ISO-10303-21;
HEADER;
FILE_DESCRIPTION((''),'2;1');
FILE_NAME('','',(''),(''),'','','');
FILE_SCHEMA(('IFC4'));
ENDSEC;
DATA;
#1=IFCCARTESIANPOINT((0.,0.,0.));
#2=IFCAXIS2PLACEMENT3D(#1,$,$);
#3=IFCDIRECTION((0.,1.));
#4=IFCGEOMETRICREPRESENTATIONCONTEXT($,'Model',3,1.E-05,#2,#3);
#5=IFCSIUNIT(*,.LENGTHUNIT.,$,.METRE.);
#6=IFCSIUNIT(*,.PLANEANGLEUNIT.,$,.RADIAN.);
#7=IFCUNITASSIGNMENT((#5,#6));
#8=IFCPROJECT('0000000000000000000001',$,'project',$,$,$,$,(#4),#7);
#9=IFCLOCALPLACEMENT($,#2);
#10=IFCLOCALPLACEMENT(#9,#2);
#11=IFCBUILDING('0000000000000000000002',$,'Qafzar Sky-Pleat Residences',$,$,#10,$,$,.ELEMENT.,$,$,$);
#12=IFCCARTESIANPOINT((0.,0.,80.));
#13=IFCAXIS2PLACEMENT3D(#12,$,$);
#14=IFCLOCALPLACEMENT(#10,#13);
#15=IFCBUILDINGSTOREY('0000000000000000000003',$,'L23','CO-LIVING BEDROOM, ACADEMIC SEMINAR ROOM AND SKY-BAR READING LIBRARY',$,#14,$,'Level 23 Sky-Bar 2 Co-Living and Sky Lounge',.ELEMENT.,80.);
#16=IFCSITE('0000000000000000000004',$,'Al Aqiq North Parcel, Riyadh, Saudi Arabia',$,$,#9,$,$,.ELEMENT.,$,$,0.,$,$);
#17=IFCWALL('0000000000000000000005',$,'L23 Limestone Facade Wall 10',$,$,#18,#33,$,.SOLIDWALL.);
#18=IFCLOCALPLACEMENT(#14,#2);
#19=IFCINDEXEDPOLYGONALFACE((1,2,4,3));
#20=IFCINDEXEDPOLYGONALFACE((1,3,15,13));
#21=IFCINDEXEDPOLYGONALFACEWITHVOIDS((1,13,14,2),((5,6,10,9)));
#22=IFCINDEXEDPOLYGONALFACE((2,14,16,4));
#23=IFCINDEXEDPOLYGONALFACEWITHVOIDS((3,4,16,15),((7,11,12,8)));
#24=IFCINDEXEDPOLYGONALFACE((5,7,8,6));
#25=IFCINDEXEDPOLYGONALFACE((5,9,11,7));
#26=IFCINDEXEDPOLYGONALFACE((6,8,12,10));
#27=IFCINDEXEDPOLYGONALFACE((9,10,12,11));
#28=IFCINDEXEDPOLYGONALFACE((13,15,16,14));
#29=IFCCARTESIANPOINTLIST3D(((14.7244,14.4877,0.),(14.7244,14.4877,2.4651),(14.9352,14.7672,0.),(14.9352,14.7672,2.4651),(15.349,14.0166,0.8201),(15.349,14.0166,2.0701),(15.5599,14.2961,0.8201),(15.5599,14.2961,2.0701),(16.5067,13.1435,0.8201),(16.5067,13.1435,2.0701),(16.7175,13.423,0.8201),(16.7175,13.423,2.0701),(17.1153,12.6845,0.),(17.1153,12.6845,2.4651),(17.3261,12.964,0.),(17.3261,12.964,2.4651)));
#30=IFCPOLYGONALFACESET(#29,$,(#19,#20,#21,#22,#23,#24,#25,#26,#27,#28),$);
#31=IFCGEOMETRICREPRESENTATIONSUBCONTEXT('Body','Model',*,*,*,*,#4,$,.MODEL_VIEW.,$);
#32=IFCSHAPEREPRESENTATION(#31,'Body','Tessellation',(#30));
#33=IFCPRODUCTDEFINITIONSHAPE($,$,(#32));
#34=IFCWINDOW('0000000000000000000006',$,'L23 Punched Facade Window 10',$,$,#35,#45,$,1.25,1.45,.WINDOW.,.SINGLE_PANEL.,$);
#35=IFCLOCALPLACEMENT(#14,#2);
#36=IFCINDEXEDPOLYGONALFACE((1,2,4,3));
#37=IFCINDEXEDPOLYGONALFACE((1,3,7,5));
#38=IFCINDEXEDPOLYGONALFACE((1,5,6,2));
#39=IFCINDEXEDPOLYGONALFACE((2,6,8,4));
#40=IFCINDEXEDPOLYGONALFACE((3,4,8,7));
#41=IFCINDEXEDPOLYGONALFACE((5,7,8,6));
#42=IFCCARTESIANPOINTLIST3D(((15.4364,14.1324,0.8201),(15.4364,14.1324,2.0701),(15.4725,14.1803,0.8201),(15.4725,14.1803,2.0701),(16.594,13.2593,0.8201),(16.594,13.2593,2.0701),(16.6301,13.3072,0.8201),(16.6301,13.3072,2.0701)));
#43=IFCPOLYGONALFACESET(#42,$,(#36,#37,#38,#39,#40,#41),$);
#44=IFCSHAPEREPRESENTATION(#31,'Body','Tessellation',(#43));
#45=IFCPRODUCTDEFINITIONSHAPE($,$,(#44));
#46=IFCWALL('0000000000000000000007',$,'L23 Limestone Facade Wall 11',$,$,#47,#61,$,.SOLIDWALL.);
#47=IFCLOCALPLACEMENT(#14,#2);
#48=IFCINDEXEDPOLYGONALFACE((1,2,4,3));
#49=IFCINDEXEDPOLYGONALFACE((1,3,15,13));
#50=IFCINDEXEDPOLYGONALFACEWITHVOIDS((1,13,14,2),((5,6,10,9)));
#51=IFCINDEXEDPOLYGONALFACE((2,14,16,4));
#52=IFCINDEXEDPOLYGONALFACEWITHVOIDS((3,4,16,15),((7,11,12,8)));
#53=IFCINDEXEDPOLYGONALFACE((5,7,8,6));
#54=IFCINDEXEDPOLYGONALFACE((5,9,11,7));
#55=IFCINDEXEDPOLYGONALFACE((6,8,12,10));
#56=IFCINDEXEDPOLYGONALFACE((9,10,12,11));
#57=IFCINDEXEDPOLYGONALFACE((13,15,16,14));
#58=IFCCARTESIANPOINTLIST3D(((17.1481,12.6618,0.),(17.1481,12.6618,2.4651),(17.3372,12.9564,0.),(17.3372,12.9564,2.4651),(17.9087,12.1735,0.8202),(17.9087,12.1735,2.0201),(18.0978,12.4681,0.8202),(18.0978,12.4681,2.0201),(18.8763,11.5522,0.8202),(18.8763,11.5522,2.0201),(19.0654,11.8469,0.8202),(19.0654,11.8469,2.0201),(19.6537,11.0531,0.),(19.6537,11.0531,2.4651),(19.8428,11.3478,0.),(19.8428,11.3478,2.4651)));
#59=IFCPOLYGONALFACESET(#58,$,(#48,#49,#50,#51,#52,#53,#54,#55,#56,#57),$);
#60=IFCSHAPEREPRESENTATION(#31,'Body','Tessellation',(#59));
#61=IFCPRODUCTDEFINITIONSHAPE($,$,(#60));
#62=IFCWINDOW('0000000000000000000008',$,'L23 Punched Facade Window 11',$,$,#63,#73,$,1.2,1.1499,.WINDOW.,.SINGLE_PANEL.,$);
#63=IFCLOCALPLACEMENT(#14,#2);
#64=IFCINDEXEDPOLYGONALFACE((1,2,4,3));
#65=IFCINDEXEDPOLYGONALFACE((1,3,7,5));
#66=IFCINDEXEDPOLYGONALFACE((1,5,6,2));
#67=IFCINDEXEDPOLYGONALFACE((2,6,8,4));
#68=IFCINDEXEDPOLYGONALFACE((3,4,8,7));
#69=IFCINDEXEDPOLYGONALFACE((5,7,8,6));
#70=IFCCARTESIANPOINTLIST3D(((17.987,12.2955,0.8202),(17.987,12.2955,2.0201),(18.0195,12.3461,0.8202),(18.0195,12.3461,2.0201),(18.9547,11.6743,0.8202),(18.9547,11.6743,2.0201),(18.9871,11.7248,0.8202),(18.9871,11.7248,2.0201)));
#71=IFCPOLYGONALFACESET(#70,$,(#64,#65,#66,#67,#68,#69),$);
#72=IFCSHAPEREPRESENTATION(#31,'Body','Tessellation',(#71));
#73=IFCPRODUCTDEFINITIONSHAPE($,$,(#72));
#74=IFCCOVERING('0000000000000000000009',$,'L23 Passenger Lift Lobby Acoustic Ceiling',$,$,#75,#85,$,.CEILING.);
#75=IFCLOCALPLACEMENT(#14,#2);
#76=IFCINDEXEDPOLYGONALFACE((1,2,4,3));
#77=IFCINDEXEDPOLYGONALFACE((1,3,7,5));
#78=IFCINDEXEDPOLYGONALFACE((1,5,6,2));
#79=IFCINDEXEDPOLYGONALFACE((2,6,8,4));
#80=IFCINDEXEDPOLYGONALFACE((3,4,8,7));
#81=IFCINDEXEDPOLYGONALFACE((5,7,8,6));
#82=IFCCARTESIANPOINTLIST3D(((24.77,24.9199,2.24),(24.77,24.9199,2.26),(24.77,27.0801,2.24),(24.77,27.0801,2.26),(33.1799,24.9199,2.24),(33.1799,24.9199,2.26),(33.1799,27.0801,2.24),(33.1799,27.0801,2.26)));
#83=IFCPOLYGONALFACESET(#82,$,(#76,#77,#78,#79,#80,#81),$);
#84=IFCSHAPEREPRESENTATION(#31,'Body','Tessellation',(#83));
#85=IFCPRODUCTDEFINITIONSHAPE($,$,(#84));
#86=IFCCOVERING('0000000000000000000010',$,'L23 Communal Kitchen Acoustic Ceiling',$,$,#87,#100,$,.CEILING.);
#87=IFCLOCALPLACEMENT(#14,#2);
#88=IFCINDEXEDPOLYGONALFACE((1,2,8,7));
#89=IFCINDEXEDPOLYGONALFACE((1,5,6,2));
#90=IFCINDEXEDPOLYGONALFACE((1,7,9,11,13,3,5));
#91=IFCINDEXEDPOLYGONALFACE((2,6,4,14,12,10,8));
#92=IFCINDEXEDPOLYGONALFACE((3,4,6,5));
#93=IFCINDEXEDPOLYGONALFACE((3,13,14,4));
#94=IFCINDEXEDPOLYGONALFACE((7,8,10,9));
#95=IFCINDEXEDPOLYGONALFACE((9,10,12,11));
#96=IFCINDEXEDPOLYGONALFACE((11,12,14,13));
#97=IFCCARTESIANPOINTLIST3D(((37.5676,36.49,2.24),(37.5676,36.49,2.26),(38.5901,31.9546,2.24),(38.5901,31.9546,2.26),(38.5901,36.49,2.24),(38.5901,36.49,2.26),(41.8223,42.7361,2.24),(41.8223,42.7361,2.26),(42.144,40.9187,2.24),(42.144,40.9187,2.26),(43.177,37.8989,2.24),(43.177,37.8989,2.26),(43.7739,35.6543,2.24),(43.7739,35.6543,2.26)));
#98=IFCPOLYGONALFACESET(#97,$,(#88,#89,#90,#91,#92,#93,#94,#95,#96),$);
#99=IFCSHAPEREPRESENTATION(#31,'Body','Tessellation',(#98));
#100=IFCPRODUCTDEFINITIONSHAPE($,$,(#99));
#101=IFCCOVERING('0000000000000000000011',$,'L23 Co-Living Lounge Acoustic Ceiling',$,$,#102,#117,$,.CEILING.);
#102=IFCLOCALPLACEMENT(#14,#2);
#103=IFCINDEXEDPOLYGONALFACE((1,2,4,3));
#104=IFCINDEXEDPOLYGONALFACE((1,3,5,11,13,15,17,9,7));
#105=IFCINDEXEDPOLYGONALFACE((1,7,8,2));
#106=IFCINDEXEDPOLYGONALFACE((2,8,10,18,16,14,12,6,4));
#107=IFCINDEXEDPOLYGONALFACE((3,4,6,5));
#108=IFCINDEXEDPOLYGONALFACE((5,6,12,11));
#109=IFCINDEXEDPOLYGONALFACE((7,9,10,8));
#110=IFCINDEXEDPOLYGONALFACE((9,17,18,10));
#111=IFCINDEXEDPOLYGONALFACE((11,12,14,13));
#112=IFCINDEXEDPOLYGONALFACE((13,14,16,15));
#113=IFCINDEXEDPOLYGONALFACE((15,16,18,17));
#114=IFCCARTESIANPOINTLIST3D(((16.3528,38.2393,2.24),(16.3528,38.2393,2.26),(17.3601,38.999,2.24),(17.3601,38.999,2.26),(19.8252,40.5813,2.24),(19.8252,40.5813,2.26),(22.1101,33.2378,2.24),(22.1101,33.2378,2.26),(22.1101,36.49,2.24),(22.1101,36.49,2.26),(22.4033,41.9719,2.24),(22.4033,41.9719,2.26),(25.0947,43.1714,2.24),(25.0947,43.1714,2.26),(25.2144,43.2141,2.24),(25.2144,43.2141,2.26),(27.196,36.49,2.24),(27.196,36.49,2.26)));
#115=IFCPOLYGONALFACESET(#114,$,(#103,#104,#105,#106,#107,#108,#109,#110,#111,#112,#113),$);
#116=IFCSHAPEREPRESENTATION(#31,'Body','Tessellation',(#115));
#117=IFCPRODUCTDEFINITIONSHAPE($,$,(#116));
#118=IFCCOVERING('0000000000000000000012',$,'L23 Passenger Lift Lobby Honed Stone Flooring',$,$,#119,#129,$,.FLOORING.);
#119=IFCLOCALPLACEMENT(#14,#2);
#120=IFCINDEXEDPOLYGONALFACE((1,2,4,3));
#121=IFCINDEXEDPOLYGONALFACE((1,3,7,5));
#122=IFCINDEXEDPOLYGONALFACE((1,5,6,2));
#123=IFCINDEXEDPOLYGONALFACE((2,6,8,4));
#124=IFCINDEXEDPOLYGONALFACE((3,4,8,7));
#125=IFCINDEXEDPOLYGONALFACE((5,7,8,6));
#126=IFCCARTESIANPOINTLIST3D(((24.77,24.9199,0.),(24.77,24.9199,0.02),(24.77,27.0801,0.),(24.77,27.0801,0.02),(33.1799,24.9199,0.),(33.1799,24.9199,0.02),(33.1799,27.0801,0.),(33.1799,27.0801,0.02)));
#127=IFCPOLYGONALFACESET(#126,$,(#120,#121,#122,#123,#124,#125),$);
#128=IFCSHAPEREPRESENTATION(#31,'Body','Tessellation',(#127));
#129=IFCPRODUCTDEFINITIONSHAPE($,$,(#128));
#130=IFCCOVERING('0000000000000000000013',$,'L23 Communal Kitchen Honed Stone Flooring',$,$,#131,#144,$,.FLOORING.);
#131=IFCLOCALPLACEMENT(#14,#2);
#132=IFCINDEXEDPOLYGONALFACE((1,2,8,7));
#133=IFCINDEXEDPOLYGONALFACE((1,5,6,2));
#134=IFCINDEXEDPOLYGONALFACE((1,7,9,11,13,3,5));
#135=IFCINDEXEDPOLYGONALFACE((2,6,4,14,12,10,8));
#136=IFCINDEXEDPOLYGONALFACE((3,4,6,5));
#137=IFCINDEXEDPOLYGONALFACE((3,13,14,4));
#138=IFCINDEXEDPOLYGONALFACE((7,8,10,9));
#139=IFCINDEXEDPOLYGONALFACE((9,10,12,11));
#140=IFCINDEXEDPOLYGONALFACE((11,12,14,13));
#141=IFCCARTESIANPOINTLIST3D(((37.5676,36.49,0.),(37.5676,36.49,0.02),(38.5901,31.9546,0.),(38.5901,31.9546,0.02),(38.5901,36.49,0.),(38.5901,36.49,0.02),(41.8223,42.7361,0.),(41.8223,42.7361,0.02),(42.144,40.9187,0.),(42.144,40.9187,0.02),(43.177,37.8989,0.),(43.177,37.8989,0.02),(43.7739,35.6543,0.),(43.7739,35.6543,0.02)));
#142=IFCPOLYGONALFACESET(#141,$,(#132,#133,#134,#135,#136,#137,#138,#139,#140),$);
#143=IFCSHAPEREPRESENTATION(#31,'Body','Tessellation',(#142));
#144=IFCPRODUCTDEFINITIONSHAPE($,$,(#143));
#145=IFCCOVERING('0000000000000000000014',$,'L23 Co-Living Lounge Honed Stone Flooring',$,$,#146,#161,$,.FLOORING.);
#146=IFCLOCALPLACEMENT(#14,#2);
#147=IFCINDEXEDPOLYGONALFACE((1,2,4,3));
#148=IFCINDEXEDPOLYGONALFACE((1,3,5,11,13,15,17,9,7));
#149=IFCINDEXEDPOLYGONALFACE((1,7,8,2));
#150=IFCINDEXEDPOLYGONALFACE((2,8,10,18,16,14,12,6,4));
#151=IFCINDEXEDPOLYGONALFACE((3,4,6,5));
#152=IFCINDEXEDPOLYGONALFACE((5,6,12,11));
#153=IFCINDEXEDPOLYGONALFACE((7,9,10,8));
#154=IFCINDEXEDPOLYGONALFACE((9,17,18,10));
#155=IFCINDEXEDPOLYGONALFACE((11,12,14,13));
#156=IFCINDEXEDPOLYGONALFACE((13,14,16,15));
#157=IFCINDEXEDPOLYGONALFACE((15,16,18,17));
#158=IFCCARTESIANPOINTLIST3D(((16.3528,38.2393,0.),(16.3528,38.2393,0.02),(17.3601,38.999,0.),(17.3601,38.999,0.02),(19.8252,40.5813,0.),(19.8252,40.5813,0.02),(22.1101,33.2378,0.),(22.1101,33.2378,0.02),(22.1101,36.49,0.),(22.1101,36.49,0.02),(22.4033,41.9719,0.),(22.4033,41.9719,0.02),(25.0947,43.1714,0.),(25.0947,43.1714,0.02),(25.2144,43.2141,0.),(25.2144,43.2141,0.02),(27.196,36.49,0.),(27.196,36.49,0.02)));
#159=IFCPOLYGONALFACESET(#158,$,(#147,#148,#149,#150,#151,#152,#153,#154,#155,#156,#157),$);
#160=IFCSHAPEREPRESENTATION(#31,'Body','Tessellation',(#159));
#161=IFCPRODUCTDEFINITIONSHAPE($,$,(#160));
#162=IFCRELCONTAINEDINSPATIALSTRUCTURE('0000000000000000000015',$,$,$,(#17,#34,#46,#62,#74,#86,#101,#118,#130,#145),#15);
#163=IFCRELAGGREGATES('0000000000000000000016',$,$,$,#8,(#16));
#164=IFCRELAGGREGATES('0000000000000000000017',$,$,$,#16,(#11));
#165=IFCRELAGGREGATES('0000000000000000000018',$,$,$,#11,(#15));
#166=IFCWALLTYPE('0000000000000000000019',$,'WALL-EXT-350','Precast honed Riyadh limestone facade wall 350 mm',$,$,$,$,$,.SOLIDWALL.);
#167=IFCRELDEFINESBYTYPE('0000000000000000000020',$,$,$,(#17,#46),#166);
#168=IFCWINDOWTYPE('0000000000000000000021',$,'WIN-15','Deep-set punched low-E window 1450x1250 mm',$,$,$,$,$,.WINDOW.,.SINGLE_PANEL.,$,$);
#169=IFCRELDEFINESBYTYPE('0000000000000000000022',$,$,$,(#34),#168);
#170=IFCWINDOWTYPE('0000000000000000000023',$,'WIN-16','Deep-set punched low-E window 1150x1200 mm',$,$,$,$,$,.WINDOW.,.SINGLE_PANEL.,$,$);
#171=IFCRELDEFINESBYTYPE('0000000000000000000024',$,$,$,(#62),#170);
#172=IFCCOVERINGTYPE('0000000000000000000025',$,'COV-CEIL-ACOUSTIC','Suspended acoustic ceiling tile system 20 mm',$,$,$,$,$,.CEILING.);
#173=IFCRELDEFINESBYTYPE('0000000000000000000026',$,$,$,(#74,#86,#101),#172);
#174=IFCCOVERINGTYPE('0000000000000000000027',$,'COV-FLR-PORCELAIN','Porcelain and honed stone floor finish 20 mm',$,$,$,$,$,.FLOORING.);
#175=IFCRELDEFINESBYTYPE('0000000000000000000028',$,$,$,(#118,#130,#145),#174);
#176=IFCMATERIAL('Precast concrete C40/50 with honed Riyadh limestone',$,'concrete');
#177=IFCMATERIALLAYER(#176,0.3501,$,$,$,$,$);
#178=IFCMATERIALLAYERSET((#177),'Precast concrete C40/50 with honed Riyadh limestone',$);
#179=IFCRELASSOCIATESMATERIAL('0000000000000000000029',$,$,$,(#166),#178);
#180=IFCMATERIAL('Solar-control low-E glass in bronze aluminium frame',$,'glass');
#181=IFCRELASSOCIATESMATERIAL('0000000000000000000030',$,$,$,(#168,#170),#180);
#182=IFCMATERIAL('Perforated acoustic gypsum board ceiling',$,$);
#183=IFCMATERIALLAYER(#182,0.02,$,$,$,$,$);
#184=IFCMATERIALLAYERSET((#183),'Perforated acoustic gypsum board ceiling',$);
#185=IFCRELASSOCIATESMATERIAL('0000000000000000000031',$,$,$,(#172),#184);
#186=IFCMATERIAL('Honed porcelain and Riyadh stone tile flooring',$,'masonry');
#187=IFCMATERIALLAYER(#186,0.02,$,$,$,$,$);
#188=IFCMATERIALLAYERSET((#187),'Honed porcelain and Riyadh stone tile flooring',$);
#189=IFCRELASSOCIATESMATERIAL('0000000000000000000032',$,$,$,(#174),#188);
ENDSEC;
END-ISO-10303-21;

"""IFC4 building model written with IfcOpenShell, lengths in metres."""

from ifc_helpers import new_model, si_unit, direction, frame, frame_2d, origin, place, context, subcontext, project, spatial, polyline, rectangle, outline, extrude, source, transform, mapped, material, layer, layer_set, type_object, element, fill, save


model = new_model("IFC4")

# Units and contexts
model_context = context("Model", 3, precision=1e-05, world=origin(), true_north=direction((0.0, 1.0)))
body_context = subcontext(model_context, "Body", "Model", "MODEL_VIEW")
ifc_project = project(units=[si_unit("LENGTHUNIT", "METRE"), si_unit("PLANEANGLEUNIT", "RADIAN")], contexts=[model_context])

# Site, building, storey
site_placement = place(None, origin())
site = spatial("IfcSite", under=ifc_project, at=site_placement, Name="Al Aqiq North Parcel, Riyadh, Saudi Arabia", CompositionType="ELEMENT", RefElevation=0.0)
building_placement = place(site_placement, origin())
building = spatial("IfcBuilding", under=site, at=building_placement, Name="Qafzar Sky-Pleat Residences", CompositionType="ELEMENT")
storey_placement = place(building_placement, frame((0.0, 0.0, 80.0)))
storey = spatial("IfcBuildingStorey", under=building, at=storey_placement, Name="L23", Description="CO-LIVING BEDROOM, ACADEMIC SEMINAR ROOM AND SKY-BAR READING LIBRARY", LongName="Level 23 Sky-Bar 2 Co-Living and Sky Lounge", CompositionType="ELEMENT", Elevation=80.0)

# Walls, openings, windows
ifc_material_1 = material(Name="Precast concrete C40/50 with honed Riyadh limestone", Category="concrete")
ifc_layer_1 = layer(ifc_material_1, 0.3501)
ifc_layer_set_1 = layer_set([ifc_layer_1], Name="Precast concrete C40/50 with honed Riyadh limestone")
wall_type_1 = type_object("IfcWallType", Name="WALL-EXT-350", Description="Precast honed Riyadh limestone facade wall 350 mm", PredefinedType="SOLIDWALL", material=ifc_layer_set_1)
ifc_material_2 = material(Name="Solar-control low-E glass in bronze aluminium frame", Category="glass")
window_type_1 = type_object("IfcWindowType", Name="WIN-15", Description="Deep-set punched low-E window 1450x1250 mm", PartitioningType="SINGLE_PANEL", PredefinedType="WINDOW", material=ifc_material_2)
shared_shape_1 = source(origin(), body_context, "Body", "SweptSolid", [
    extrude(rectangle(XDim=1.45, YDim=1.25, at=frame_2d((0.7251, 0.625))), frame((0.0, 0.03, 0.0), z_axis=(0.0, -1.0, 0.0), x_axis=(1.0, 0.0, 0.0)), (0.0, 0.0, 1.0), 0.0601),
])
wall_1_placement = place(storey_placement, frame((14.8298, 14.6274, 0.0), z_axis=(0.0, 0.0, 1.0), x_axis=(0.798383, -0.60215, 0.0)))
wall_1 = element("IfcWall", 1, at=wall_1_placement, inside=storey, type_object=wall_type_1, Name="L23 Limestone Facade Wall 10", PredefinedType="SOLIDWALL", context=body_context, shape_type="SweptSolid", body=[
    extrude(rectangle(XDim=2.9946, YDim=0.3501, at=frame_2d((1.4973, 0.0))), origin(), (0.0, 0.0, 1.0), 2.4651),
])
opening_1_placement = place(wall_1_placement, frame((0.7822, 0.0, 0.8201)))
opening_1 = element("IfcOpeningElement", 2, at=opening_1_placement, cuts=wall_1, PredefinedType="OPENING", context=body_context, shape_type="SweptSolid", body=[
    extrude(rectangle(XDim=1.45, YDim=1.25, at=frame_2d((0.7251, 0.625))), frame((0.0, 0.1851, 0.0), z_axis=(0.0, -1.0, 0.0), x_axis=(1.0, 0.0, 0.0)), (0.0, 0.0, 1.0), 0.3701),
])
window_1_placement = place(opening_1_placement, origin())
window_1 = element("IfcWindow", 3, at=window_1_placement, inside=storey, type_object=window_type_1, Name="L23 Punched Facade Window 10", OverallHeight=1.25, OverallWidth=1.45, PartitioningType="SINGLE_PANEL", PredefinedType="WINDOW", context=body_context, shape_type="MappedRepresentation", body=[
    mapped(shared_shape_1, transform((0.0, 0.0, 0.0), x_axis=(1.0, 0.0, 0.0), y_axis=(0.0, 1.0, 0.0), z_axis=(0.0, 0.0, 1.0), scale=1.0)),
])
fill(opening_1, window_1)
wall_2_placement = place(storey_placement, frame((17.2427, 12.8091, 0.0), z_axis=(0.0, 0.0, 1.0), x_axis=(0.841501, -0.540256, 0.0)))
wall_2 = element("IfcWall", 4, at=wall_2_placement, inside=storey, type_object=wall_type_1, Name="L23 Limestone Facade Wall 11", PredefinedType="SOLIDWALL", context=body_context, shape_type="SweptSolid", body=[
    extrude(rectangle(XDim=2.9775, YDim=0.3501, at=frame_2d((1.4888, 0.0))), origin(), (0.0, 0.0, 1.0), 2.4651),
])
opening_2_placement = place(wall_2_placement, frame((0.9038, 0.0, 0.8201)))
opening_2 = element("IfcOpeningElement", 5, at=opening_2_placement, cuts=wall_2, PredefinedType="OPENING", context=body_context, shape_type="SweptSolid", body=[
    extrude(rectangle(XDim=1.1499, YDim=1.2, at=frame_2d((0.575, 0.6001))), frame((0.0, 0.1851, 0.0), z_axis=(0.0, -1.0, 0.0), x_axis=(1.0, 0.0, 0.0)), (0.0, 0.0, 1.0), 0.3701),
])
window_type_2 = type_object("IfcWindowType", Name="WIN-16", Description="Deep-set punched low-E window 1150x1200 mm", PartitioningType="SINGLE_PANEL", PredefinedType="WINDOW", material=ifc_material_2)
shared_shape_2 = source(origin(), body_context, "Body", "SweptSolid", [
    extrude(rectangle(XDim=1.1499, YDim=1.2, at=frame_2d((0.575, 0.6001))), frame((0.0, 0.03, 0.0), z_axis=(0.0, -1.0, 0.0), x_axis=(1.0, 0.0, 0.0)), (0.0, 0.0, 1.0), 0.0601),
])
window_2_placement = place(opening_2_placement, origin())
window_2 = element("IfcWindow", 6, at=window_2_placement, inside=storey, type_object=window_type_2, Name="L23 Punched Facade Window 11", OverallHeight=1.2, OverallWidth=1.1499, PartitioningType="SINGLE_PANEL", PredefinedType="WINDOW", context=body_context, shape_type="MappedRepresentation", body=[
    mapped(shared_shape_2, transform((0.0, 0.0, 0.0), x_axis=(1.0, 0.0, 0.0), y_axis=(0.0, 1.0, 0.0), z_axis=(0.0, 0.0, 1.0), scale=1.0)),
])
fill(opening_2, window_2)

# Coverings
ifc_material_3 = material(Name="Perforated acoustic gypsum board ceiling")
ifc_layer_2 = layer(ifc_material_3, 0.02)
ifc_layer_set_2 = layer_set([ifc_layer_2], Name="Perforated acoustic gypsum board ceiling")
covering_type_1 = type_object("IfcCoveringType", Name="COV-CEIL-ACOUSTIC", Description="Suspended acoustic ceiling tile system 20 mm", PredefinedType="CEILING", material=ifc_layer_set_2)
covering_1_placement = place(storey_placement, frame((0.0, 0.0, 2.24)))
element("IfcCovering", 7, at=covering_1_placement, inside=storey, type_object=covering_type_1, Name="L23 Passenger Lift Lobby Acoustic Ceiling", PredefinedType="CEILING", context=body_context, shape_type="SweptSolid", body=[
    extrude(outline(polyline([(33.1799, 24.9199), (24.77, 24.9199), (24.77, 27.0801), (33.1799, 27.0801), (33.1799, 24.9199)])), origin(), (0.0, 0.0, 1.0), 0.02),
])
covering_2_placement = place(storey_placement, frame((0.0, 0.0, 2.24)))
element("IfcCovering", 8, at=covering_2_placement, inside=storey, type_object=covering_type_1, Name="L23 Communal Kitchen Acoustic Ceiling", PredefinedType="CEILING", context=body_context, shape_type="SweptSolid", body=[
    extrude(outline(polyline([(42.144, 40.9187), (43.177, 37.8989), (43.7739, 35.6543), (38.5901, 31.9546), (38.5901, 36.49), (37.5676, 36.49), (41.8223, 42.7361), (42.144, 40.9187)])), origin(), (0.0, 0.0, 1.0), 0.02),
])
covering_3_placement = place(storey_placement, frame((0.0, 0.0, 2.24)))
element("IfcCovering", 9, at=covering_3_placement, inside=storey, type_object=covering_type_1, Name="L23 Co-Living Lounge Acoustic Ceiling", PredefinedType="CEILING", context=body_context, shape_type="SweptSolid", body=[
    extrude(outline(polyline([(17.3601, 38.999), (19.8252, 40.5813), (22.4033, 41.9719), (25.0947, 43.1714), (25.2144, 43.2141), (27.196, 36.49), (22.1101, 36.49), (22.1101, 33.2378), (16.3528, 38.2393), (17.3601, 38.999)])), origin(), (0.0, 0.0, 1.0), 0.02),
])
ifc_material_4 = material(Name="Honed porcelain and Riyadh stone tile flooring", Category="masonry")
ifc_layer_3 = layer(ifc_material_4, 0.02)
ifc_layer_set_3 = layer_set([ifc_layer_3], Name="Honed porcelain and Riyadh stone tile flooring")
covering_type_2 = type_object("IfcCoveringType", Name="COV-FLR-PORCELAIN", Description="Porcelain and honed stone floor finish 20 mm", PredefinedType="FLOORING", material=ifc_layer_set_3)
covering_4_placement = place(storey_placement, origin())
element("IfcCovering", 10, at=covering_4_placement, inside=storey, type_object=covering_type_2, Name="L23 Passenger Lift Lobby Honed Stone Flooring", PredefinedType="FLOORING", context=body_context, shape_type="SweptSolid", body=[
    extrude(outline(polyline([(33.1799, 24.9199), (24.77, 24.9199), (24.77, 27.0801), (33.1799, 27.0801), (33.1799, 24.9199)])), origin(), (0.0, 0.0, 1.0), 0.02),
])
covering_5_placement = place(storey_placement, origin())
element("IfcCovering", 11, at=covering_5_placement, inside=storey, type_object=covering_type_2, Name="L23 Communal Kitchen Honed Stone Flooring", PredefinedType="FLOORING", context=body_context, shape_type="SweptSolid", body=[
    extrude(outline(polyline([(42.144, 40.9187), (43.177, 37.8989), (43.7739, 35.6543), (38.5901, 31.9546), (38.5901, 36.49), (37.5676, 36.49), (41.8223, 42.7361), (42.144, 40.9187)])), origin(), (0.0, 0.0, 1.0), 0.02),
])
covering_6_placement = place(storey_placement, origin())
element("IfcCovering", 12, at=covering_6_placement, inside=storey, type_object=covering_type_2, Name="L23 Co-Living Lounge Honed Stone Flooring", PredefinedType="FLOORING", context=body_context, shape_type="SweptSolid", body=[
    extrude(outline(polyline([(17.3601, 38.999), (19.8252, 40.5813), (22.4033, 41.9719), (25.0947, 43.1714), (25.2144, 43.2141), (27.196, 36.49), (22.1101, 36.49), (22.1101, 33.2378), (16.3528, 38.2393), (17.3601, 38.999)])), origin(), (0.0, 0.0, 1.0), 0.02),
])

save(model, "model.ifc")
